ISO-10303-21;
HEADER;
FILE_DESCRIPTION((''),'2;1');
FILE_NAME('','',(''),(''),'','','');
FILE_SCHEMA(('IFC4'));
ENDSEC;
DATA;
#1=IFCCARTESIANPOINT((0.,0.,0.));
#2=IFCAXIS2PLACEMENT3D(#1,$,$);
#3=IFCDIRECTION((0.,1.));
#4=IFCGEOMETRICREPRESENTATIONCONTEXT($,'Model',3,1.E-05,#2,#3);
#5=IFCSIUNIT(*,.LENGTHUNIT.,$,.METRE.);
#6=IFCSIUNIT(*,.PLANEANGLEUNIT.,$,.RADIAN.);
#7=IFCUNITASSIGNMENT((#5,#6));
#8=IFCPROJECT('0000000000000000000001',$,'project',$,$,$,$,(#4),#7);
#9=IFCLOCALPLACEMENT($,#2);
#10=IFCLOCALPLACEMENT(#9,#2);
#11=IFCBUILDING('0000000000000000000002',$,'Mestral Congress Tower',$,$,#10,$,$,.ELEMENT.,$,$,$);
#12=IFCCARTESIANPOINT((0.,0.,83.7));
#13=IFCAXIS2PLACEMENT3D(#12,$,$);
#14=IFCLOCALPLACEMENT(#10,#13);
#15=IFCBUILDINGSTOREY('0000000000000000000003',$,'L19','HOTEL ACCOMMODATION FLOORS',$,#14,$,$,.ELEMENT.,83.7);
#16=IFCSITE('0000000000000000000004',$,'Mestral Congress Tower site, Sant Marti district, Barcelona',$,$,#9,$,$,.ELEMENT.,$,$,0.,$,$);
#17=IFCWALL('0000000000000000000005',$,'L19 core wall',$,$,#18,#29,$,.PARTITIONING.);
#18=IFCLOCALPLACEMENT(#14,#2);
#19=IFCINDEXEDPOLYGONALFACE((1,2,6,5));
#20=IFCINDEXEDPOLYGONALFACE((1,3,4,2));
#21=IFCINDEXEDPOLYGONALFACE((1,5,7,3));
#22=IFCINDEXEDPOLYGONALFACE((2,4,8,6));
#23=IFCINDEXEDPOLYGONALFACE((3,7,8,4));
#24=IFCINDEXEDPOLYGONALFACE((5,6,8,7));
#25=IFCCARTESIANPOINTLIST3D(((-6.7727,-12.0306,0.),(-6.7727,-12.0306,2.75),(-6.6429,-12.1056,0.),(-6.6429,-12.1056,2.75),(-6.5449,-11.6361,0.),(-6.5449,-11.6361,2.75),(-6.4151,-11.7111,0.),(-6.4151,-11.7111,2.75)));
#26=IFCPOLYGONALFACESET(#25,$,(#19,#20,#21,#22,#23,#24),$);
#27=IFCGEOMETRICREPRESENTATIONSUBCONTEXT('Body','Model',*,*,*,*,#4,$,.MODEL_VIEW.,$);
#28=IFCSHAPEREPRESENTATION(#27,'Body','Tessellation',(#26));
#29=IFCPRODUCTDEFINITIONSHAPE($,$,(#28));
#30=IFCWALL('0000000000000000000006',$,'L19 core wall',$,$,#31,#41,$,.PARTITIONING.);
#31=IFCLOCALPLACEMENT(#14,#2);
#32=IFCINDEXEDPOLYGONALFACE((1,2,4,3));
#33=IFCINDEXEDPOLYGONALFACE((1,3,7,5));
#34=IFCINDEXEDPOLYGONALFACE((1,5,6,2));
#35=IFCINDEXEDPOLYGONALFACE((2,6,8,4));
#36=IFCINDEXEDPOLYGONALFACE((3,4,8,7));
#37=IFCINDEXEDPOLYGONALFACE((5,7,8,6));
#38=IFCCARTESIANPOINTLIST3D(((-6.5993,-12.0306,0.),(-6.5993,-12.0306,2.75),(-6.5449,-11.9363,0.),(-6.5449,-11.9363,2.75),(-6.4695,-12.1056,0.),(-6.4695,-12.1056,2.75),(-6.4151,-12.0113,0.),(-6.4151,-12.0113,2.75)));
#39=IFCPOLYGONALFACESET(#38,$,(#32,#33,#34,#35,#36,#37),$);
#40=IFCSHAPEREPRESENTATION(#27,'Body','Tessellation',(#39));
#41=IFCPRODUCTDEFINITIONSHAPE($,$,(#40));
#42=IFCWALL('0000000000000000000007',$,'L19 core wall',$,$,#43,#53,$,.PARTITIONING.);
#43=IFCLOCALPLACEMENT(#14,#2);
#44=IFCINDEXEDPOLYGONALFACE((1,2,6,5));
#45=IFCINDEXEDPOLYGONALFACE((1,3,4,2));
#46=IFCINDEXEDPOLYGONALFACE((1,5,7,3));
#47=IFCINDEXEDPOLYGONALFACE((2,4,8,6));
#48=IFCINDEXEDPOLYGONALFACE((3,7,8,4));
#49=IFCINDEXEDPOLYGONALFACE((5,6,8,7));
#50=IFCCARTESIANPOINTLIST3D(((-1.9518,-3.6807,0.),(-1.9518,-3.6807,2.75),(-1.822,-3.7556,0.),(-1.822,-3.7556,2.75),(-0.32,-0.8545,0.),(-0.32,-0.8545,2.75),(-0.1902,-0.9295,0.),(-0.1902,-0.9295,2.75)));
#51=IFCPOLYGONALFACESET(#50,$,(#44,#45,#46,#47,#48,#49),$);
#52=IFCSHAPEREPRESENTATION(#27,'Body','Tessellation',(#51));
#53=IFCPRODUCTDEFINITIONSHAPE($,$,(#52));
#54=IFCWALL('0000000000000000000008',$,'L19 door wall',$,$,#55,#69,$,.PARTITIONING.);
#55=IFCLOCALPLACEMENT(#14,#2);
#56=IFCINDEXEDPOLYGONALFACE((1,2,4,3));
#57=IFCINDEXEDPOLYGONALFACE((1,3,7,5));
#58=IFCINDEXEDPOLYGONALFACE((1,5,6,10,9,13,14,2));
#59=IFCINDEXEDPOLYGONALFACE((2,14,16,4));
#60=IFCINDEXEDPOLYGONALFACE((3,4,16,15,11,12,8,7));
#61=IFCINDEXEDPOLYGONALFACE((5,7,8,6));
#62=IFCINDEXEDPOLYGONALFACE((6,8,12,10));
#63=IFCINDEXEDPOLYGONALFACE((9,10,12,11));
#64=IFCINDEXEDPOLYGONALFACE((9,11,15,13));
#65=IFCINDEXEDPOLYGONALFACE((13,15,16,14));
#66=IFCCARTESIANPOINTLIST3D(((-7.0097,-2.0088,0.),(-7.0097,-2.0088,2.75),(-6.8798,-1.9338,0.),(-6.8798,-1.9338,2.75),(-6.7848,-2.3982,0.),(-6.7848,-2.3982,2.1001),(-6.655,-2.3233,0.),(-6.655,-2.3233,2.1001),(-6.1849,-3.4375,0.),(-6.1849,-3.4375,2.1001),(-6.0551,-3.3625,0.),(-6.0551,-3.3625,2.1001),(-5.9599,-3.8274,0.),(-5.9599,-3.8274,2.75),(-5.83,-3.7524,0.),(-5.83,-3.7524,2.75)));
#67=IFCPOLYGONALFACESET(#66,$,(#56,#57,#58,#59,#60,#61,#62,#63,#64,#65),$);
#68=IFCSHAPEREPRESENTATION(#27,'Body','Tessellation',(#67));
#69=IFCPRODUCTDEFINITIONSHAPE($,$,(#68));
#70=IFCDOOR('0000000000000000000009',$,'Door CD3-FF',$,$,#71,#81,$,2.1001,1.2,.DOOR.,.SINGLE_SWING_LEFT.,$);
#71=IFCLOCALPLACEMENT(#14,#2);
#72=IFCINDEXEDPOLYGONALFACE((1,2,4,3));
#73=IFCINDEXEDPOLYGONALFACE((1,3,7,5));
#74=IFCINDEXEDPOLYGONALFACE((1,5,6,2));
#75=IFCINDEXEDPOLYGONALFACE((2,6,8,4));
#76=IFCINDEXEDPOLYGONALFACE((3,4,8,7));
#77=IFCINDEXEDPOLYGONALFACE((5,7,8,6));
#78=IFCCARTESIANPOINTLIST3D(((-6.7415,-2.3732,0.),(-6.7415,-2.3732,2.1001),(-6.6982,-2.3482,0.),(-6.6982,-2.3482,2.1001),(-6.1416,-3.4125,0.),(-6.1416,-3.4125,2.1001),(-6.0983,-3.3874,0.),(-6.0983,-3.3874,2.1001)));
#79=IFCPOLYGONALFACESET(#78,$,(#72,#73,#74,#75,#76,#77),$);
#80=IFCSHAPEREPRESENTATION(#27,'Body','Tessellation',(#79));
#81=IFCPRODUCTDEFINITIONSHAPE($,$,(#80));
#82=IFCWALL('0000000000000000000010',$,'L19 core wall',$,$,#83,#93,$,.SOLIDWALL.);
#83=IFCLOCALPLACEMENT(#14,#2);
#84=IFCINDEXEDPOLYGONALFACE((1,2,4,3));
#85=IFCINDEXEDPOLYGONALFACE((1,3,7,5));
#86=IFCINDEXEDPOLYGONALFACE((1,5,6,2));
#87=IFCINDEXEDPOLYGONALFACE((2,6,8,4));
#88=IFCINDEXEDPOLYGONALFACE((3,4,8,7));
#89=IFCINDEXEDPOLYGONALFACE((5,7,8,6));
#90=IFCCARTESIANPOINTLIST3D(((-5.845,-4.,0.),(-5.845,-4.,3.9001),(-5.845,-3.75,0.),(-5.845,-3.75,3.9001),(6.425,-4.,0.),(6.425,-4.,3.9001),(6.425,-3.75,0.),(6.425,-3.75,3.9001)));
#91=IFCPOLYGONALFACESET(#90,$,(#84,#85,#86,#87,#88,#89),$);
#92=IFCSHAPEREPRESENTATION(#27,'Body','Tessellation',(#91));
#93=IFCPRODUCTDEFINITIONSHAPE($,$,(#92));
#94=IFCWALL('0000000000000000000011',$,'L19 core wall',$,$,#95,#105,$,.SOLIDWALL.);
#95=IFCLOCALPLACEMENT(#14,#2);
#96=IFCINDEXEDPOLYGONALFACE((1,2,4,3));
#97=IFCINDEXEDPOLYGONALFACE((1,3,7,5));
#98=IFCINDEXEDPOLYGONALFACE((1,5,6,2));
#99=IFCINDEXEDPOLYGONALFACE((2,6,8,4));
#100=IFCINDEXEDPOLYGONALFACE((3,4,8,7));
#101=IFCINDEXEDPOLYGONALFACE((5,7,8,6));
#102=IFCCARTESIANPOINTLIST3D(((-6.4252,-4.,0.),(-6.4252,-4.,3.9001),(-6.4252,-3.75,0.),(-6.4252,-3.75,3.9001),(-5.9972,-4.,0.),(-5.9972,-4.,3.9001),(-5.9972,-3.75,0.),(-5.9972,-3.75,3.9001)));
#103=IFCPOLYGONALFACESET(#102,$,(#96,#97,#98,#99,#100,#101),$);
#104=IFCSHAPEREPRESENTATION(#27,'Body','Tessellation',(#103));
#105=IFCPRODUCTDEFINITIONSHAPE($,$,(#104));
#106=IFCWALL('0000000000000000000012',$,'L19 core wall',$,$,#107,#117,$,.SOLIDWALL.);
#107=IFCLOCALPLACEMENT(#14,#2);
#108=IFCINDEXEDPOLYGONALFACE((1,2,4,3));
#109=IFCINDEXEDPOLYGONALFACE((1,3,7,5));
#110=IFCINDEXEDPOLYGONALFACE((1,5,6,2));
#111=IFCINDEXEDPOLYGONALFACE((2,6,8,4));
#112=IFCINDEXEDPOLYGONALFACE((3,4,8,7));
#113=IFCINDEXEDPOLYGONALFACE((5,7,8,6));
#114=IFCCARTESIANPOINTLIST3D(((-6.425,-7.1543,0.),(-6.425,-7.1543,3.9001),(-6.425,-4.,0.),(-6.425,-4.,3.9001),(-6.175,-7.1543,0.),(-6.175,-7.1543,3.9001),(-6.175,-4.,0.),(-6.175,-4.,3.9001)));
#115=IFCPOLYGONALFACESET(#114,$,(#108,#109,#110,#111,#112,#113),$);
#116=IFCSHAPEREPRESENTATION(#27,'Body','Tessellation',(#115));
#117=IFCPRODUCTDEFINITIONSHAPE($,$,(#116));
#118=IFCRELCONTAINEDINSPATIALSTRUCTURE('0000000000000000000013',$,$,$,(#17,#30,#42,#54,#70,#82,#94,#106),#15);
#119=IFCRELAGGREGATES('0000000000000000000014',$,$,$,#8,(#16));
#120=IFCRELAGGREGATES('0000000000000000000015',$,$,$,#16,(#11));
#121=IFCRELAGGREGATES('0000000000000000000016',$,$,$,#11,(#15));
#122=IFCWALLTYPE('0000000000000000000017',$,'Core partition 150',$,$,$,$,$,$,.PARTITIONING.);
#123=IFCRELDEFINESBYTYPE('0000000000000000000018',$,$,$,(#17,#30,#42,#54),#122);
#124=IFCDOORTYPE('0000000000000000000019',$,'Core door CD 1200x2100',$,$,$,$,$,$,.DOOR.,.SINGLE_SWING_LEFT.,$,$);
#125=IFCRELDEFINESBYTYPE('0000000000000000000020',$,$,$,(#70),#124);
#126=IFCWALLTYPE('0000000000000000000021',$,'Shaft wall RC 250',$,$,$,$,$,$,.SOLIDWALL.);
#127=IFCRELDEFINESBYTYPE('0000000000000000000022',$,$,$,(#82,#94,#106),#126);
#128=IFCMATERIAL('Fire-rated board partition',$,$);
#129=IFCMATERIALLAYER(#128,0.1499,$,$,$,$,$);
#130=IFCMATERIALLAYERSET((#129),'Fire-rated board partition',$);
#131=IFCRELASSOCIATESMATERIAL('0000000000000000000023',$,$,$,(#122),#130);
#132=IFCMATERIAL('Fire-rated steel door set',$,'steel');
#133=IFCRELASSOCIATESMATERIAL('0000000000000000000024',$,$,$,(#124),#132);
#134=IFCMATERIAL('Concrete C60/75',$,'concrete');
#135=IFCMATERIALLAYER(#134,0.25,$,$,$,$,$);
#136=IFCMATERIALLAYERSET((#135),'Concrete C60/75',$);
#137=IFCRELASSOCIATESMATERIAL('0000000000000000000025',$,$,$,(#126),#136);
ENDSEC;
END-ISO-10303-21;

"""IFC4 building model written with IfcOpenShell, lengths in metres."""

from ifc_helpers import new_model, si_unit, direction, frame, frame_2d, origin, place, context, subcontext, project, spatial, rectangle, extrude, material, layer, layer_set, type_object, element, fill, save


model = new_model("IFC4")

# Units and contexts
model_context = context("Model", 3, precision=1e-05, world=origin(), true_north=direction((0.0, 1.0)))
body_context = subcontext(model_context, "Body", "Model", "MODEL_VIEW")
ifc_project = project(units=[si_unit("LENGTHUNIT", "METRE"), si_unit("PLANEANGLEUNIT", "RADIAN")], contexts=[model_context])

# Site, building, storey
site_placement = place(None, origin())
site = spatial("IfcSite", under=ifc_project, at=site_placement, Name="Mestral Congress Tower site, Sant Marti district, Barcelona", CompositionType="ELEMENT", RefElevation=0.0)
building_placement = place(site_placement, origin())
building = spatial("IfcBuilding", under=site, at=building_placement, Name="Mestral Congress Tower", CompositionType="ELEMENT")
storey_placement = place(building_placement, frame((0.0, 0.0, 83.7)))
storey = spatial("IfcBuildingStorey", under=building, at=storey_placement, Name="L19", Description="HOTEL ACCOMMODATION FLOORS", CompositionType="ELEMENT", Elevation=83.7)

# Walls
ifc_material_1 = material(Name="Fire-rated board partition")
ifc_layer_1 = layer(ifc_material_1, 0.1499)
ifc_layer_set_1 = layer_set([ifc_layer_1], Name="Fire-rated board partition")
wall_type_1 = type_object("IfcWallType", Name="Core partition 150", PredefinedType="PARTITIONING", material=ifc_layer_set_1)
wall_1_placement = place(storey_placement, frame((-6.7078, -12.0681, 0.0), z_axis=(0.0, 0.0, 1.0), x_axis=(0.500001, 0.866025, 0.0)))
element("IfcWall", 1, at=wall_1_placement, inside=storey, type_object=wall_type_1, Name="L19 core wall", PredefinedType="PARTITIONING", context=body_context, shape_type="SweptSolid", body=[
    extrude(rectangle(XDim=0.4556, YDim=0.1499, at=frame_2d((0.2278, 0.0))), origin(), (0.0, 0.0, 1.0), 2.75),
])
wall_2_placement = place(storey_placement, frame((-6.5344, -12.0681, 0.0), z_axis=(0.0, 0.0, 1.0), x_axis=(0.50024, 0.865887, 0.0)))
element("IfcWall", 2, at=wall_2_placement, inside=storey, type_object=wall_type_1, Name="L19 core wall", PredefinedType="PARTITIONING", context=body_context, shape_type="SweptSolid", body=[
    extrude(rectangle(XDim=0.1089, YDim=0.1499, at=frame_2d((0.0544, 0.0))), origin(), (0.0, 0.0, 1.0), 2.75),
])
wall_3_placement = place(storey_placement, frame((-1.887, -3.7183, 0.0), z_axis=(0.0, 0.0, 1.0), x_axis=(0.500033, 0.866006, 0.0)))
element("IfcWall", 3, at=wall_3_placement, inside=storey, type_object=wall_type_1, Name="L19 core wall", PredefinedType="PARTITIONING", context=body_context, shape_type="SweptSolid", body=[
    extrude(rectangle(XDim=3.2634, YDim=0.1499, at=frame_2d((1.6318, 0.0))), origin(), (0.0, 0.0, 1.0), 2.75),
])

# Wall, opening, door
wall_4_placement = place(storey_placement, frame((-5.895, -3.7898, 0.0), z_axis=(0.0, 0.0, 1.0), x_axis=(-0.499941, 0.86606, 0.0)))
wall_4 = element("IfcWall", 4, at=wall_4_placement, inside=storey, type_object=wall_type_1, Name="L19 door wall", PredefinedType="PARTITIONING", context=body_context, shape_type="SweptSolid", body=[
    extrude(rectangle(XDim=2.0999, YDim=0.1499, at=frame_2d((1.0498, 0.0))), origin(), (0.0, 0.0, 1.0), 2.75),
])
opening_1_placement = place(wall_4_placement, frame((0.45, 0.0, 0.0)))
opening_1 = element("IfcOpeningElement", 5, at=opening_1_placement, cuts=wall_4, PredefinedType="OPENING", context=body_context, shape_type="SweptSolid", body=[
    extrude(rectangle(XDim=1.2, YDim=2.1001, at=frame_2d((0.6001, 1.05))), frame((0.0, 0.085, 0.0), z_axis=(0.0, -1.0, 0.0), x_axis=(1.0, 0.0, 0.0)), (0.0, 0.0, 1.0), 0.1699),
])
ifc_material_2 = material(Name="Fire-rated steel door set", Category="steel")
door_type_1 = type_object("IfcDoorType", Name="Core door CD 1200x2100", OperationType="SINGLE_SWING_LEFT", PredefinedType="DOOR", material=ifc_material_2)
door_1_placement = place(opening_1_placement, origin())
door_1 = element("IfcDoor", 6, at=door_1_placement, inside=storey, type_object=door_type_1, Name="Door CD3-FF", OperationType="SINGLE_SWING_LEFT", OverallHeight=2.1001, OverallWidth=1.2, PredefinedType="DOOR", context=body_context, shape_type="SweptSolid", body=[
    extrude(rectangle(XDim=1.2, YDim=2.1001, at=frame_2d((0.6001, 1.05))), frame((0.0, 0.0249, 0.0), z_axis=(0.0, -1.0, 0.0), x_axis=(1.0, 0.0, 0.0)), (0.0, 0.0, 1.0), 0.05),
])
fill(opening_1, door_1)

# Walls
ifc_material_3 = material(Name="Concrete C60/75", Category="concrete")
ifc_layer_2 = layer(ifc_material_3, 0.25)
ifc_layer_set_2 = layer_set([ifc_layer_2], Name="Concrete C60/75")
wall_type_2 = type_object("IfcWallType", Name="Shaft wall RC 250", PredefinedType="SOLIDWALL", material=ifc_layer_set_2)
wall_5_placement = place(storey_placement, frame((-5.845, -3.875, 0.0), z_axis=(0.0, 0.0, 1.0), x_axis=(1.0, 0.0, 0.0)))
element("IfcWall", 7, at=wall_5_placement, inside=storey, type_object=wall_type_2, Name="L19 core wall", PredefinedType="SOLIDWALL", context=body_context, shape_type="SweptSolid", body=[
    extrude(rectangle(XDim=12.27, YDim=0.25, at=frame_2d((6.135, 0.0))), origin(), (0.0, 0.0, 1.0), 3.9001),
])
wall_6_placement = place(storey_placement, frame((-6.425, -3.875, 0.0), z_axis=(0.0, 0.0, 1.0), x_axis=(1.0, 0.0, 0.0)))
element("IfcWall", 8, at=wall_6_placement, inside=storey, type_object=wall_type_2, Name="L19 core wall", PredefinedType="SOLIDWALL", context=body_context, shape_type="SweptSolid", body=[
    extrude(rectangle(XDim=0.428, YDim=0.25, at=frame_2d((0.2139, 0.0))), origin(), (0.0, 0.0, 1.0), 3.9001),
])
wall_7_placement = place(storey_placement, frame((-6.3, -4.0, 0.0), z_axis=(0.0, 0.0, 1.0), x_axis=(0.0, -1.0, 0.0)))
element("IfcWall", 9, at=wall_7_placement, inside=storey, type_object=wall_type_2, Name="L19 core wall", PredefinedType="SOLIDWALL", context=body_context, shape_type="SweptSolid", body=[
    extrude(rectangle(XDim=3.1543, YDim=0.25, at=frame_2d((1.5771, 0.0))), origin(), (0.0, 0.0, 1.0), 3.9001),
])

save(model, "model.ifc")
